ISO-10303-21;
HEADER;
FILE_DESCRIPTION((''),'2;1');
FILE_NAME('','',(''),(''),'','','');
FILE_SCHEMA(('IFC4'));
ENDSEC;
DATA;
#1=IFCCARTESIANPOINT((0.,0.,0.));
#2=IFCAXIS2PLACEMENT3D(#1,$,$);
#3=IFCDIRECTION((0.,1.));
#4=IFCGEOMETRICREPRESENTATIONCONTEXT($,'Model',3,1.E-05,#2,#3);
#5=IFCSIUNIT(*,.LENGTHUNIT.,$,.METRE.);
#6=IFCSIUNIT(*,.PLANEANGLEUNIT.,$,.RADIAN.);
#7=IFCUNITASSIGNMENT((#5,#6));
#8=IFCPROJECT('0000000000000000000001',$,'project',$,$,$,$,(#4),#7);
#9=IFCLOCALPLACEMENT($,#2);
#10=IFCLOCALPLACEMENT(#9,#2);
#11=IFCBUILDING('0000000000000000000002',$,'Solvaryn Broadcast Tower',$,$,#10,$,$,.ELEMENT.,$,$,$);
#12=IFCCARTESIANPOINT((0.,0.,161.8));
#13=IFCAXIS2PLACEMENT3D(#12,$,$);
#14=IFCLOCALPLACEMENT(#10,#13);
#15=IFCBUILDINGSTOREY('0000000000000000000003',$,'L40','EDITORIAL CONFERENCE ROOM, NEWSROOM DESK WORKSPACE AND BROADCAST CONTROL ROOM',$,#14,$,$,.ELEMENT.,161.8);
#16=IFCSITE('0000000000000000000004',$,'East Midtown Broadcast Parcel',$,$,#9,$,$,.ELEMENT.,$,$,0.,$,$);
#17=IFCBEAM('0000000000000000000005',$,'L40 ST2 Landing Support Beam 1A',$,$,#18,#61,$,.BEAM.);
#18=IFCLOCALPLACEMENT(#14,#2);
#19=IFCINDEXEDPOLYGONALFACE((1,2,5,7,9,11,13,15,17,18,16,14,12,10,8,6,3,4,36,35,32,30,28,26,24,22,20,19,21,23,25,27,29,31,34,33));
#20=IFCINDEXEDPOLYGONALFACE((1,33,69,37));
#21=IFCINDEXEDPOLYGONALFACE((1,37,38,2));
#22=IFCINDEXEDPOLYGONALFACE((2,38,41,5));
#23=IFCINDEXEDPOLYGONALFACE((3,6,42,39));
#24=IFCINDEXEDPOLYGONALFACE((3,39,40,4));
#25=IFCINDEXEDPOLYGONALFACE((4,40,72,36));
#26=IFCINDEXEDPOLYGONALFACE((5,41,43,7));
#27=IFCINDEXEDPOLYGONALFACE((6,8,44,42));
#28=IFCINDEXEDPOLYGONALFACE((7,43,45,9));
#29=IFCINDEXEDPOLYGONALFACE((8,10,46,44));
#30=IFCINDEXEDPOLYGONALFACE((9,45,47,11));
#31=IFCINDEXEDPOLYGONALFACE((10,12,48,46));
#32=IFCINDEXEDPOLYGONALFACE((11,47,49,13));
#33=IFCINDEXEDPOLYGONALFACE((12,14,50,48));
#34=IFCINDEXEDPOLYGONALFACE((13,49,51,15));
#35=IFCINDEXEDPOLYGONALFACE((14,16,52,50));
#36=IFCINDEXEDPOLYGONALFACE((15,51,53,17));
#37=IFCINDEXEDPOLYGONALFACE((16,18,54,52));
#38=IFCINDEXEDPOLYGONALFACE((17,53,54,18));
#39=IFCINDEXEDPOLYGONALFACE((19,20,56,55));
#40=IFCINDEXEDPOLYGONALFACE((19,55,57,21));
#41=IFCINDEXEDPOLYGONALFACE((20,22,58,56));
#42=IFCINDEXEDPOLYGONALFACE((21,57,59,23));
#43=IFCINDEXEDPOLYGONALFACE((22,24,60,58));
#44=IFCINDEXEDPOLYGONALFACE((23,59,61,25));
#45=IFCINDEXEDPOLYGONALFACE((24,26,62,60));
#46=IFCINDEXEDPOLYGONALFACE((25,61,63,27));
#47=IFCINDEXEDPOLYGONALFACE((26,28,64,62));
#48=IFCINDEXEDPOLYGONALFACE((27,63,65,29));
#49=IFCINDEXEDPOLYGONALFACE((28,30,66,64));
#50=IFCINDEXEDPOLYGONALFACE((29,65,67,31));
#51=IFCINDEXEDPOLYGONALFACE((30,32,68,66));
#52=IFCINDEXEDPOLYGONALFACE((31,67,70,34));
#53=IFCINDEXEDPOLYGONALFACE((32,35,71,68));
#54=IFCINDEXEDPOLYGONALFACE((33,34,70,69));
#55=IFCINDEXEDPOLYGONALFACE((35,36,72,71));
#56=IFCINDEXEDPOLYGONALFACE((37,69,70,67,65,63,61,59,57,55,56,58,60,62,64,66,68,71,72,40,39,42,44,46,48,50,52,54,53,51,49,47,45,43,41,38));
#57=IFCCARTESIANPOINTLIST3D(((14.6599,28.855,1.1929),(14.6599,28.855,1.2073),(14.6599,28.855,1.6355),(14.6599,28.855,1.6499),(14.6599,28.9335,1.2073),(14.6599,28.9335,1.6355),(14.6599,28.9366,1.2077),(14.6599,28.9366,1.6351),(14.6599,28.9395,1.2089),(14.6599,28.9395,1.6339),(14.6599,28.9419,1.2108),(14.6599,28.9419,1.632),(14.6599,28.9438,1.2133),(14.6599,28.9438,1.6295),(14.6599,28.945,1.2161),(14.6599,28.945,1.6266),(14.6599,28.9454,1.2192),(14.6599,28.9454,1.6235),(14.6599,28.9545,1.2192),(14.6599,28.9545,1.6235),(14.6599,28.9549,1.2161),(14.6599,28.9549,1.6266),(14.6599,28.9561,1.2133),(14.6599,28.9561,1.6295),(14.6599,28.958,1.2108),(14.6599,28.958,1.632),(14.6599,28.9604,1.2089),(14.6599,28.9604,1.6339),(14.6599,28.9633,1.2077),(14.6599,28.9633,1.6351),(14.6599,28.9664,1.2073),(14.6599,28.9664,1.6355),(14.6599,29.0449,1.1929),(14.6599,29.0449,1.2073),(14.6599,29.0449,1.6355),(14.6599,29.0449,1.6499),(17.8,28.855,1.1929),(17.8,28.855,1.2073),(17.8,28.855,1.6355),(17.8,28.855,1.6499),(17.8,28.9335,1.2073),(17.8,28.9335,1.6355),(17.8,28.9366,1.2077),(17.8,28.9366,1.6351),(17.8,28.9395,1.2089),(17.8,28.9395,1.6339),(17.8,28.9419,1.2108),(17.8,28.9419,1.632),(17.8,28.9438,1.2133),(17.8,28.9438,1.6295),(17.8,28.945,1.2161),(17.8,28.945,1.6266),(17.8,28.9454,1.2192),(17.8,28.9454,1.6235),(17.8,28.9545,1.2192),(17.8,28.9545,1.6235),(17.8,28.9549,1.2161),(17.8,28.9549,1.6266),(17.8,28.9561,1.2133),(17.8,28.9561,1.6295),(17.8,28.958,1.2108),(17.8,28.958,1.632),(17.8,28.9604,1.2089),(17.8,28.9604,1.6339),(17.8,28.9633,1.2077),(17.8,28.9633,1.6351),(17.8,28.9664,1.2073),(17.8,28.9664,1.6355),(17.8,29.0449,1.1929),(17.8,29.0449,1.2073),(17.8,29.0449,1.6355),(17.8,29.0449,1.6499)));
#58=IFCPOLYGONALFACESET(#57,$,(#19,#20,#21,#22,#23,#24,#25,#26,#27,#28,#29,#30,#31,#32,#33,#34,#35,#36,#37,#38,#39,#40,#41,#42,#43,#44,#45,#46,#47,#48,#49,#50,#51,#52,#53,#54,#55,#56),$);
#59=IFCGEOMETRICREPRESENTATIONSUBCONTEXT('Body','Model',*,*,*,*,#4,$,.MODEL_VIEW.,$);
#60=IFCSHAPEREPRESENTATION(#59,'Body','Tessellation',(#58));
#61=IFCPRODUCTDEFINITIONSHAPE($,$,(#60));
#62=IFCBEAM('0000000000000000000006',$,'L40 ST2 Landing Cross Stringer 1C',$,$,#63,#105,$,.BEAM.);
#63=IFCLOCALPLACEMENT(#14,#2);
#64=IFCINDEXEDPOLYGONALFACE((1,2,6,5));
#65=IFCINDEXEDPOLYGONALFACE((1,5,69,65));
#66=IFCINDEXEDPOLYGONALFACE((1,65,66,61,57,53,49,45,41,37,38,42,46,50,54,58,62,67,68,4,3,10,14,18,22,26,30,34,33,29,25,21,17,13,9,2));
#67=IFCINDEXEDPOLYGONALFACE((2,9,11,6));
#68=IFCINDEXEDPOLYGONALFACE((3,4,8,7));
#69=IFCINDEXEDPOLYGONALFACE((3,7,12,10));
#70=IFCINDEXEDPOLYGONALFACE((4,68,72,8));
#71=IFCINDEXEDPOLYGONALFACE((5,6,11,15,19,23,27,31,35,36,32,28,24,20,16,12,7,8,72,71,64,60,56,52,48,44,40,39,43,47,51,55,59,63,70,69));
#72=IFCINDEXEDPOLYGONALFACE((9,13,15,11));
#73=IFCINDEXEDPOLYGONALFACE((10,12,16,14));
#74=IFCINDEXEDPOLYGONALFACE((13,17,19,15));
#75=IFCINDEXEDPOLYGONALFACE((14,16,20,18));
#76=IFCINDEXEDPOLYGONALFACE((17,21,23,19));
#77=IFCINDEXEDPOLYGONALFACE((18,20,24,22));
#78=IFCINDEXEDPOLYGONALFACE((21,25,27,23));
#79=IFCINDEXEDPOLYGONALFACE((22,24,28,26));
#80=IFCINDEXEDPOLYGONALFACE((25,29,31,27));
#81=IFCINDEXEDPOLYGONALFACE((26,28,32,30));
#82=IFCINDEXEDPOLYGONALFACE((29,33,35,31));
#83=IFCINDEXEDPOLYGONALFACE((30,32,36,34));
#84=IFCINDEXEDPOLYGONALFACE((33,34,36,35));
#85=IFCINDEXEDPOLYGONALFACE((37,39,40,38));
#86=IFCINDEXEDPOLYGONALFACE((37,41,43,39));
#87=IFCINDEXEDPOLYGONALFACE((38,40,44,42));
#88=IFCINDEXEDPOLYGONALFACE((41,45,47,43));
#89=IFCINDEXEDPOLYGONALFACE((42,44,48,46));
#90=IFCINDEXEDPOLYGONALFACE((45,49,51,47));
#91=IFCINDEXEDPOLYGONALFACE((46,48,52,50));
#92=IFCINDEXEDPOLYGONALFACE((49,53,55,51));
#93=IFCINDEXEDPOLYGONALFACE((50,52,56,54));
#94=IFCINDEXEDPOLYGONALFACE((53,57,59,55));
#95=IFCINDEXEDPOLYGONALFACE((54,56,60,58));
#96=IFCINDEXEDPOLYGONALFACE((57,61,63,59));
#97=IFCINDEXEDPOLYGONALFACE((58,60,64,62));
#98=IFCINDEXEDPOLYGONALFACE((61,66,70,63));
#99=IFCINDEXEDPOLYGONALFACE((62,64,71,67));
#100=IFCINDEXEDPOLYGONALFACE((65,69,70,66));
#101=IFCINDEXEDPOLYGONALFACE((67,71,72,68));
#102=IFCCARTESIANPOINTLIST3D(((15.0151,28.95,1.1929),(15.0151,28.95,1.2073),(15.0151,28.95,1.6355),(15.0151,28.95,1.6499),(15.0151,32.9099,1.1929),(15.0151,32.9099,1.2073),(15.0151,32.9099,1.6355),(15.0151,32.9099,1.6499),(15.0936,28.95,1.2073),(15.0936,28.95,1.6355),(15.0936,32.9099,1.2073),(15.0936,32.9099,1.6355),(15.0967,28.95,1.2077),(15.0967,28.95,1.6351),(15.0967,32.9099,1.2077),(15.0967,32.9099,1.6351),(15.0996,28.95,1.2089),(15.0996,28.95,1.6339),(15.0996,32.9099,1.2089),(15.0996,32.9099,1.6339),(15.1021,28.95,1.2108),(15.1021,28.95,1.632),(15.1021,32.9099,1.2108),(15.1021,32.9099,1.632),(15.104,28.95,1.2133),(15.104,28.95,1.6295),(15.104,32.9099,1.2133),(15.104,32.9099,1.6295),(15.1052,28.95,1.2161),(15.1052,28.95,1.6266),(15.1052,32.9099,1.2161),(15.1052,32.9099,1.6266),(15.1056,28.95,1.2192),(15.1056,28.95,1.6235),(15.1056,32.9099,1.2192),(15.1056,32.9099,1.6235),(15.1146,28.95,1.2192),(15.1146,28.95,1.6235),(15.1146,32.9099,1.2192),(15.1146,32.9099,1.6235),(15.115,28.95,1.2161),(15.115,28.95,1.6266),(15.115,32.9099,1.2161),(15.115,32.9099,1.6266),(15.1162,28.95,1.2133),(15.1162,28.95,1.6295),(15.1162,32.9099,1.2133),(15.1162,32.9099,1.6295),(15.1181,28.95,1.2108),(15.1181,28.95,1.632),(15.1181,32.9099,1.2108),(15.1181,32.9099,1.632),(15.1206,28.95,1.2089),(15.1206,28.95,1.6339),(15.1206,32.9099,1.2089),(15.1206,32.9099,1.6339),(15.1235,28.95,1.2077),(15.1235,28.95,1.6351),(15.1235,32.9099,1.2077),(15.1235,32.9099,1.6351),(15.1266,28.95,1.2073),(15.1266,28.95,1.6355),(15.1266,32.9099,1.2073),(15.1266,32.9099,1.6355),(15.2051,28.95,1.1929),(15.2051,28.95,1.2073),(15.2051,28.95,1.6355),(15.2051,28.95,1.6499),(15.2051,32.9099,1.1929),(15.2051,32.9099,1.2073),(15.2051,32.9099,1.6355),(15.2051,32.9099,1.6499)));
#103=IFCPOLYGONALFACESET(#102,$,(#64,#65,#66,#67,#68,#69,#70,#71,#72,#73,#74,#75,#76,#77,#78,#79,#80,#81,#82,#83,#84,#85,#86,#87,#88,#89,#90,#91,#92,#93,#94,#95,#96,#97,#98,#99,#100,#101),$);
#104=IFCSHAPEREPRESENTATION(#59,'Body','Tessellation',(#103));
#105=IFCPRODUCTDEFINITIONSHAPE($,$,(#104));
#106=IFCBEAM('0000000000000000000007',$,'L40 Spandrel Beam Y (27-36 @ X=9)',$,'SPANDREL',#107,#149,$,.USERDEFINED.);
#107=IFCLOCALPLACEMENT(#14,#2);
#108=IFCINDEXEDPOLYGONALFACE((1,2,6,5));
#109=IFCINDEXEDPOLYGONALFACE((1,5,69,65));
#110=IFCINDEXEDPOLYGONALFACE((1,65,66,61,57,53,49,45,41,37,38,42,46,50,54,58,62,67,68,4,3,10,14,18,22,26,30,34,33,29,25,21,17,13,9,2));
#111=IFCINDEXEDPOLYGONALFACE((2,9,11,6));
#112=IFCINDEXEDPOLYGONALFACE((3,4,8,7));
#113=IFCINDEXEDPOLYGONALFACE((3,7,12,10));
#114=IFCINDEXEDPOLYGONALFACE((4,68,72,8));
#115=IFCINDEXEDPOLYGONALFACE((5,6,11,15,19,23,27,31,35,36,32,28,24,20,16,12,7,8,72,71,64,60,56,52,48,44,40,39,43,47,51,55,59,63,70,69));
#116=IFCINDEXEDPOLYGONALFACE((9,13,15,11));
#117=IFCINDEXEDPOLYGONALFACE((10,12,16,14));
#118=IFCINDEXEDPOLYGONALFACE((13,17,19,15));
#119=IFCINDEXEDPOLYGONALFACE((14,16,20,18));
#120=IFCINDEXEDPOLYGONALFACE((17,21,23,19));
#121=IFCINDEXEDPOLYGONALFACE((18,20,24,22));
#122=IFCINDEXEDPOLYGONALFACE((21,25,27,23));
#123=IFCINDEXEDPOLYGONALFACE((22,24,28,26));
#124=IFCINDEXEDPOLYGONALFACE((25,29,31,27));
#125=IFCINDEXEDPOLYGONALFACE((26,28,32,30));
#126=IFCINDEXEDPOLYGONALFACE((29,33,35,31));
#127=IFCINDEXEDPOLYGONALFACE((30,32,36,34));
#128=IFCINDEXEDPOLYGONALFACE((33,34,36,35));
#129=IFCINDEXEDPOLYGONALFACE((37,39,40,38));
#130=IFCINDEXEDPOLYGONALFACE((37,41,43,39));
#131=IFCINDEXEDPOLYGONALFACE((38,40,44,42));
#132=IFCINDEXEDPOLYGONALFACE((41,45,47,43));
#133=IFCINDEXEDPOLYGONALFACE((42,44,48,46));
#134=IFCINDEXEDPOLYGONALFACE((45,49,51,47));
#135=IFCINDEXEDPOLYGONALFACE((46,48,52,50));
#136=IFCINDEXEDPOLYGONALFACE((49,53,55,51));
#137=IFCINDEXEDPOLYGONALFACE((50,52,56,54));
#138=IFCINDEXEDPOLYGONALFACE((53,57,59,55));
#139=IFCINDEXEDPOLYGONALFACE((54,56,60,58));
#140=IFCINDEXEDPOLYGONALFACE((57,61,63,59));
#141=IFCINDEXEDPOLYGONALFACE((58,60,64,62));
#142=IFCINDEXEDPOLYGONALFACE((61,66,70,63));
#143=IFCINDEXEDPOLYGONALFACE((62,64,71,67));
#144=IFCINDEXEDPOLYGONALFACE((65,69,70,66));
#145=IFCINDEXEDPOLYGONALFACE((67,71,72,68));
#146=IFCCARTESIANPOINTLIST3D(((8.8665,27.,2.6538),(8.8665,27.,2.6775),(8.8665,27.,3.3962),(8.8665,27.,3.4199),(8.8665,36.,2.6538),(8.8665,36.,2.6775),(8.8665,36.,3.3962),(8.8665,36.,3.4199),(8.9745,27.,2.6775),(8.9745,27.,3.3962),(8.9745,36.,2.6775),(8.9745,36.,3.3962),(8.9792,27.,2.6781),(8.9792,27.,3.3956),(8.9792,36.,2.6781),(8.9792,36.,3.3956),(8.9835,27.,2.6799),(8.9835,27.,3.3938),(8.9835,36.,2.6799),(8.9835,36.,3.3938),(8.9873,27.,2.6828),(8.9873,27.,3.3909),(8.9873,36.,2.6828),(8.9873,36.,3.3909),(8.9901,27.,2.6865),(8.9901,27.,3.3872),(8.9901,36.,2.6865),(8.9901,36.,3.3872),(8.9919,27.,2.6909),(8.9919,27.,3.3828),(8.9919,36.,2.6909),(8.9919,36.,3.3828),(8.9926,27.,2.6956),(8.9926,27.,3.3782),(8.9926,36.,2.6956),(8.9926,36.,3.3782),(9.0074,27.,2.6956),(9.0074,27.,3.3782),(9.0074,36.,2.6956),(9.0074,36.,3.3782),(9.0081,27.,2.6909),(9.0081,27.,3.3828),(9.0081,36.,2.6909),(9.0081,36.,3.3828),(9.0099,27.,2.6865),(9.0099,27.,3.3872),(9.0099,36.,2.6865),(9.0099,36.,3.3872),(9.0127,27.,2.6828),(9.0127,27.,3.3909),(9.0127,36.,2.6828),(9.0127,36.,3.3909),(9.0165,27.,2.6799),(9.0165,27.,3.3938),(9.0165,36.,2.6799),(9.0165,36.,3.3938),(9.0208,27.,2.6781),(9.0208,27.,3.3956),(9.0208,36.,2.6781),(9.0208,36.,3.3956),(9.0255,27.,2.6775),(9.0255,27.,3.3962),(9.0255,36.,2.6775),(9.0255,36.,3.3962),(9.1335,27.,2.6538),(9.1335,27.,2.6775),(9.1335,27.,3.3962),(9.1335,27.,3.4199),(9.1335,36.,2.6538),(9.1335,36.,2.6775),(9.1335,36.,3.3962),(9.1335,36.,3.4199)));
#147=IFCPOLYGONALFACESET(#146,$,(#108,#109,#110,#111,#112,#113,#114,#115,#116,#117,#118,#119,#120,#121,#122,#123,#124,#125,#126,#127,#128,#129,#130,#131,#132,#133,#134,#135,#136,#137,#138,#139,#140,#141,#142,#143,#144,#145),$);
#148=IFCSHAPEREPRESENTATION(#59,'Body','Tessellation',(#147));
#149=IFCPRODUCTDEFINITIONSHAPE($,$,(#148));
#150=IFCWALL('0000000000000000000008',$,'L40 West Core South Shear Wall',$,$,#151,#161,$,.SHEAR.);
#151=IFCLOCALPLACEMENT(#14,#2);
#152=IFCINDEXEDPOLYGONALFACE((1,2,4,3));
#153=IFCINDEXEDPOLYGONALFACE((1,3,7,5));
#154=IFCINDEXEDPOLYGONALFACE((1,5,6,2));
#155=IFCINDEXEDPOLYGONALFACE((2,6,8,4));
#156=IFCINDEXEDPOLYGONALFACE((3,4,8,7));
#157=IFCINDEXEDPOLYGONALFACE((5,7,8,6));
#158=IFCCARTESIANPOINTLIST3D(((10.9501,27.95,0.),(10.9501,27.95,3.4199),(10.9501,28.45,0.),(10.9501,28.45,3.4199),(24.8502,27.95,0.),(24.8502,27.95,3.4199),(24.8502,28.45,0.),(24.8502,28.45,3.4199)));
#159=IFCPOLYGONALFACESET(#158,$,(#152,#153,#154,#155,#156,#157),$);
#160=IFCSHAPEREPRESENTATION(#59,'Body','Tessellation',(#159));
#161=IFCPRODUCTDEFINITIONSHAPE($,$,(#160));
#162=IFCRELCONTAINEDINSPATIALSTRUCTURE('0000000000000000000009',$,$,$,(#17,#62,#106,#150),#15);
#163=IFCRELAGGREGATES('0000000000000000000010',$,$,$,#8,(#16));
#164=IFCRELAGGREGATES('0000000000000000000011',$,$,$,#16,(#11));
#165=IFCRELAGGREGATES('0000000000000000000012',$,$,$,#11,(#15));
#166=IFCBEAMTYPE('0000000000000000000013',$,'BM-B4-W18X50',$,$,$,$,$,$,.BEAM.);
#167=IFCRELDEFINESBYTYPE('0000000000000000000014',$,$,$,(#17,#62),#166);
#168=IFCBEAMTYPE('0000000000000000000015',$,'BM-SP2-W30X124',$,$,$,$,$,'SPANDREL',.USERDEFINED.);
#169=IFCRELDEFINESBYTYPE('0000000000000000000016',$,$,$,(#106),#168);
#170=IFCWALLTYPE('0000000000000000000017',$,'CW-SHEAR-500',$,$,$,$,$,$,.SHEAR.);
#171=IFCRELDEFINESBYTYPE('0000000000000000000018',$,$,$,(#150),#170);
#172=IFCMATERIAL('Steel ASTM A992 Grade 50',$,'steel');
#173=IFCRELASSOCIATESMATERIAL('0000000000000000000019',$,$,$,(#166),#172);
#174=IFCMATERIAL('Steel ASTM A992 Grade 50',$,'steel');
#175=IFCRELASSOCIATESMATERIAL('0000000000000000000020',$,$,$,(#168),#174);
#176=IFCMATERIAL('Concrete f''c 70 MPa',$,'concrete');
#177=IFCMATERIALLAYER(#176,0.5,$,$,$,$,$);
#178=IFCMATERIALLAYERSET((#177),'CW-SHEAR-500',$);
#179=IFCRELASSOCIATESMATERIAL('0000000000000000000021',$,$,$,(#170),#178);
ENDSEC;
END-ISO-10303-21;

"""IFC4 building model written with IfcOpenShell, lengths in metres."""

from ifc_helpers import new_model, si_unit, direction, frame, frame_2d, origin, origin_2d, place, context, subcontext, project, spatial, rectangle, i_section, extrude, material, layer, layer_set, material_profile, profile_set, type_object, element, save


model = new_model("IFC4")

# Units and contexts
model_context = context("Model", 3, precision=1e-05, world=origin(), true_north=direction((0.0, 1.0)))
body_context = subcontext(model_context, "Body", "Model", "MODEL_VIEW")
ifc_project = project(units=[si_unit("LENGTHUNIT", "METRE"), si_unit("PLANEANGLEUNIT", "RADIAN")], contexts=[model_context])

# Site, building, storey
site_placement = place(None, origin())
site = spatial("IfcSite", under=ifc_project, at=site_placement, Name="East Midtown Broadcast Parcel", CompositionType="ELEMENT", RefElevation=0.0)
building_placement = place(site_placement, origin())
building = spatial("IfcBuilding", under=site, at=building_placement, Name="Solvaryn Broadcast Tower", CompositionType="ELEMENT")
storey_placement = place(building_placement, frame((0.0, 0.0, 161.8)))
storey = spatial("IfcBuildingStorey", under=building, at=storey_placement, Name="L40", Description="EDITORIAL CONFERENCE ROOM, NEWSROOM DESK WORKSPACE AND BROADCAST CONTROL ROOM", CompositionType="ELEMENT", Elevation=161.8)

# Beams
ifc_material_1 = material(Name="Steel ASTM A992 Grade 50", Category="steel")
ifc_material_profile_1 = material_profile(ifc_material_1, i_section(OverallWidth=0.1899, OverallDepth=0.457, WebThickness=0.009, FlangeThickness=0.0144, FilletRadius=0.012, at=origin_2d()))
ifc_profile_set_1 = profile_set([ifc_material_profile_1], Name="Steel ASTM A992 Grade 50")
beam_type_1 = type_object("IfcBeamType", Name="BM-B4-W18X50", PredefinedType="BEAM", material=ifc_profile_set_1)
beam_1_placement = place(storey_placement, frame((14.6599, 28.95, 1.4214), z_axis=(1.0, 0.0, 0.0), x_axis=(0.0, 1.0, 0.0)))
element("IfcBeam", 1, at=beam_1_placement, inside=storey, type_object=beam_type_1, Name="L40 ST2 Landing Support Beam 1A", PredefinedType="BEAM", context=body_context, shape_type="SweptSolid", body=[
    extrude(i_section(OverallWidth=0.1899, OverallDepth=0.457, WebThickness=0.009, FlangeThickness=0.0144, FilletRadius=0.012, at=origin_2d()), origin(), (0.0, 0.0, 1.0), 3.1401),
])
beam_2_placement = place(storey_placement, frame((15.1101, 28.95, 1.4214), z_axis=(0.0, 1.0, 0.0), x_axis=(-1.0, 0.0, 0.0)))
element("IfcBeam", 2, at=beam_2_placement, inside=storey, type_object=beam_type_1, Name="L40 ST2 Landing Cross Stringer 1C", PredefinedType="BEAM", context=body_context, shape_type="SweptSolid", body=[
    extrude(i_section(OverallWidth=0.1899, OverallDepth=0.457, WebThickness=0.009, FlangeThickness=0.0144, FilletRadius=0.012, at=origin_2d()), origin(), (0.0, 0.0, 1.0), 3.96),
])
ifc_material_2 = material(Name="Steel ASTM A992 Grade 50", Category="steel")
ifc_material_profile_2 = material_profile(ifc_material_2, i_section(OverallWidth=0.2671, OverallDepth=0.7661, WebThickness=0.0149, FlangeThickness=0.0237, FilletRadius=0.0181, at=origin_2d()))
ifc_profile_set_2 = profile_set([ifc_material_profile_2], Name="Steel ASTM A992 Grade 50")
beam_type_2 = type_object("IfcBeamType", Name="BM-SP2-W30X124", ElementType="SPANDREL", PredefinedType="USERDEFINED", material=ifc_profile_set_2)
beam_3_placement = place(storey_placement, frame((9.0, 27.0, 3.0369), z_axis=(0.0, 1.0, 0.0), x_axis=(-1.0, 0.0, 0.0)))
element("IfcBeam", 3, at=beam_3_placement, inside=storey, type_object=beam_type_2, Name="L40 Spandrel Beam Y (27-36 @ X=9)", ObjectType="SPANDREL", PredefinedType="USERDEFINED", context=body_context, shape_type="SweptSolid", body=[
    extrude(i_section(OverallWidth=0.2671, OverallDepth=0.7661, WebThickness=0.0149, FlangeThickness=0.0237, FilletRadius=0.0181, at=origin_2d()), origin(), (0.0, 0.0, 1.0), 9.0),
])

# Wall
ifc_material_3 = material(Name="Concrete f'c 70 MPa", Category="concrete")
ifc_layer_1 = layer(ifc_material_3, 0.5)
ifc_layer_set_1 = layer_set([ifc_layer_1], Name="CW-SHEAR-500")
wall_type_1 = type_object("IfcWallType", Name="CW-SHEAR-500", PredefinedType="SHEAR", material=ifc_layer_set_1)
wall_1_placement = place(storey_placement, frame((10.95, 28.2, 0.0), z_axis=(0.0, 0.0, 1.0), x_axis=(1.0, 0.0, 0.0)))
element("IfcWall", 4, at=wall_1_placement, inside=storey, type_object=wall_type_1, Name="L40 West Core South Shear Wall", PredefinedType="SHEAR", context=body_context, shape_type="SweptSolid", body=[
    extrude(rectangle(XDim=13.9001, YDim=0.5, at=frame_2d((6.9502, 0.0))), origin(), (0.0, 0.0, 1.0), 3.4199),
])

save(model, "model.ifc")
